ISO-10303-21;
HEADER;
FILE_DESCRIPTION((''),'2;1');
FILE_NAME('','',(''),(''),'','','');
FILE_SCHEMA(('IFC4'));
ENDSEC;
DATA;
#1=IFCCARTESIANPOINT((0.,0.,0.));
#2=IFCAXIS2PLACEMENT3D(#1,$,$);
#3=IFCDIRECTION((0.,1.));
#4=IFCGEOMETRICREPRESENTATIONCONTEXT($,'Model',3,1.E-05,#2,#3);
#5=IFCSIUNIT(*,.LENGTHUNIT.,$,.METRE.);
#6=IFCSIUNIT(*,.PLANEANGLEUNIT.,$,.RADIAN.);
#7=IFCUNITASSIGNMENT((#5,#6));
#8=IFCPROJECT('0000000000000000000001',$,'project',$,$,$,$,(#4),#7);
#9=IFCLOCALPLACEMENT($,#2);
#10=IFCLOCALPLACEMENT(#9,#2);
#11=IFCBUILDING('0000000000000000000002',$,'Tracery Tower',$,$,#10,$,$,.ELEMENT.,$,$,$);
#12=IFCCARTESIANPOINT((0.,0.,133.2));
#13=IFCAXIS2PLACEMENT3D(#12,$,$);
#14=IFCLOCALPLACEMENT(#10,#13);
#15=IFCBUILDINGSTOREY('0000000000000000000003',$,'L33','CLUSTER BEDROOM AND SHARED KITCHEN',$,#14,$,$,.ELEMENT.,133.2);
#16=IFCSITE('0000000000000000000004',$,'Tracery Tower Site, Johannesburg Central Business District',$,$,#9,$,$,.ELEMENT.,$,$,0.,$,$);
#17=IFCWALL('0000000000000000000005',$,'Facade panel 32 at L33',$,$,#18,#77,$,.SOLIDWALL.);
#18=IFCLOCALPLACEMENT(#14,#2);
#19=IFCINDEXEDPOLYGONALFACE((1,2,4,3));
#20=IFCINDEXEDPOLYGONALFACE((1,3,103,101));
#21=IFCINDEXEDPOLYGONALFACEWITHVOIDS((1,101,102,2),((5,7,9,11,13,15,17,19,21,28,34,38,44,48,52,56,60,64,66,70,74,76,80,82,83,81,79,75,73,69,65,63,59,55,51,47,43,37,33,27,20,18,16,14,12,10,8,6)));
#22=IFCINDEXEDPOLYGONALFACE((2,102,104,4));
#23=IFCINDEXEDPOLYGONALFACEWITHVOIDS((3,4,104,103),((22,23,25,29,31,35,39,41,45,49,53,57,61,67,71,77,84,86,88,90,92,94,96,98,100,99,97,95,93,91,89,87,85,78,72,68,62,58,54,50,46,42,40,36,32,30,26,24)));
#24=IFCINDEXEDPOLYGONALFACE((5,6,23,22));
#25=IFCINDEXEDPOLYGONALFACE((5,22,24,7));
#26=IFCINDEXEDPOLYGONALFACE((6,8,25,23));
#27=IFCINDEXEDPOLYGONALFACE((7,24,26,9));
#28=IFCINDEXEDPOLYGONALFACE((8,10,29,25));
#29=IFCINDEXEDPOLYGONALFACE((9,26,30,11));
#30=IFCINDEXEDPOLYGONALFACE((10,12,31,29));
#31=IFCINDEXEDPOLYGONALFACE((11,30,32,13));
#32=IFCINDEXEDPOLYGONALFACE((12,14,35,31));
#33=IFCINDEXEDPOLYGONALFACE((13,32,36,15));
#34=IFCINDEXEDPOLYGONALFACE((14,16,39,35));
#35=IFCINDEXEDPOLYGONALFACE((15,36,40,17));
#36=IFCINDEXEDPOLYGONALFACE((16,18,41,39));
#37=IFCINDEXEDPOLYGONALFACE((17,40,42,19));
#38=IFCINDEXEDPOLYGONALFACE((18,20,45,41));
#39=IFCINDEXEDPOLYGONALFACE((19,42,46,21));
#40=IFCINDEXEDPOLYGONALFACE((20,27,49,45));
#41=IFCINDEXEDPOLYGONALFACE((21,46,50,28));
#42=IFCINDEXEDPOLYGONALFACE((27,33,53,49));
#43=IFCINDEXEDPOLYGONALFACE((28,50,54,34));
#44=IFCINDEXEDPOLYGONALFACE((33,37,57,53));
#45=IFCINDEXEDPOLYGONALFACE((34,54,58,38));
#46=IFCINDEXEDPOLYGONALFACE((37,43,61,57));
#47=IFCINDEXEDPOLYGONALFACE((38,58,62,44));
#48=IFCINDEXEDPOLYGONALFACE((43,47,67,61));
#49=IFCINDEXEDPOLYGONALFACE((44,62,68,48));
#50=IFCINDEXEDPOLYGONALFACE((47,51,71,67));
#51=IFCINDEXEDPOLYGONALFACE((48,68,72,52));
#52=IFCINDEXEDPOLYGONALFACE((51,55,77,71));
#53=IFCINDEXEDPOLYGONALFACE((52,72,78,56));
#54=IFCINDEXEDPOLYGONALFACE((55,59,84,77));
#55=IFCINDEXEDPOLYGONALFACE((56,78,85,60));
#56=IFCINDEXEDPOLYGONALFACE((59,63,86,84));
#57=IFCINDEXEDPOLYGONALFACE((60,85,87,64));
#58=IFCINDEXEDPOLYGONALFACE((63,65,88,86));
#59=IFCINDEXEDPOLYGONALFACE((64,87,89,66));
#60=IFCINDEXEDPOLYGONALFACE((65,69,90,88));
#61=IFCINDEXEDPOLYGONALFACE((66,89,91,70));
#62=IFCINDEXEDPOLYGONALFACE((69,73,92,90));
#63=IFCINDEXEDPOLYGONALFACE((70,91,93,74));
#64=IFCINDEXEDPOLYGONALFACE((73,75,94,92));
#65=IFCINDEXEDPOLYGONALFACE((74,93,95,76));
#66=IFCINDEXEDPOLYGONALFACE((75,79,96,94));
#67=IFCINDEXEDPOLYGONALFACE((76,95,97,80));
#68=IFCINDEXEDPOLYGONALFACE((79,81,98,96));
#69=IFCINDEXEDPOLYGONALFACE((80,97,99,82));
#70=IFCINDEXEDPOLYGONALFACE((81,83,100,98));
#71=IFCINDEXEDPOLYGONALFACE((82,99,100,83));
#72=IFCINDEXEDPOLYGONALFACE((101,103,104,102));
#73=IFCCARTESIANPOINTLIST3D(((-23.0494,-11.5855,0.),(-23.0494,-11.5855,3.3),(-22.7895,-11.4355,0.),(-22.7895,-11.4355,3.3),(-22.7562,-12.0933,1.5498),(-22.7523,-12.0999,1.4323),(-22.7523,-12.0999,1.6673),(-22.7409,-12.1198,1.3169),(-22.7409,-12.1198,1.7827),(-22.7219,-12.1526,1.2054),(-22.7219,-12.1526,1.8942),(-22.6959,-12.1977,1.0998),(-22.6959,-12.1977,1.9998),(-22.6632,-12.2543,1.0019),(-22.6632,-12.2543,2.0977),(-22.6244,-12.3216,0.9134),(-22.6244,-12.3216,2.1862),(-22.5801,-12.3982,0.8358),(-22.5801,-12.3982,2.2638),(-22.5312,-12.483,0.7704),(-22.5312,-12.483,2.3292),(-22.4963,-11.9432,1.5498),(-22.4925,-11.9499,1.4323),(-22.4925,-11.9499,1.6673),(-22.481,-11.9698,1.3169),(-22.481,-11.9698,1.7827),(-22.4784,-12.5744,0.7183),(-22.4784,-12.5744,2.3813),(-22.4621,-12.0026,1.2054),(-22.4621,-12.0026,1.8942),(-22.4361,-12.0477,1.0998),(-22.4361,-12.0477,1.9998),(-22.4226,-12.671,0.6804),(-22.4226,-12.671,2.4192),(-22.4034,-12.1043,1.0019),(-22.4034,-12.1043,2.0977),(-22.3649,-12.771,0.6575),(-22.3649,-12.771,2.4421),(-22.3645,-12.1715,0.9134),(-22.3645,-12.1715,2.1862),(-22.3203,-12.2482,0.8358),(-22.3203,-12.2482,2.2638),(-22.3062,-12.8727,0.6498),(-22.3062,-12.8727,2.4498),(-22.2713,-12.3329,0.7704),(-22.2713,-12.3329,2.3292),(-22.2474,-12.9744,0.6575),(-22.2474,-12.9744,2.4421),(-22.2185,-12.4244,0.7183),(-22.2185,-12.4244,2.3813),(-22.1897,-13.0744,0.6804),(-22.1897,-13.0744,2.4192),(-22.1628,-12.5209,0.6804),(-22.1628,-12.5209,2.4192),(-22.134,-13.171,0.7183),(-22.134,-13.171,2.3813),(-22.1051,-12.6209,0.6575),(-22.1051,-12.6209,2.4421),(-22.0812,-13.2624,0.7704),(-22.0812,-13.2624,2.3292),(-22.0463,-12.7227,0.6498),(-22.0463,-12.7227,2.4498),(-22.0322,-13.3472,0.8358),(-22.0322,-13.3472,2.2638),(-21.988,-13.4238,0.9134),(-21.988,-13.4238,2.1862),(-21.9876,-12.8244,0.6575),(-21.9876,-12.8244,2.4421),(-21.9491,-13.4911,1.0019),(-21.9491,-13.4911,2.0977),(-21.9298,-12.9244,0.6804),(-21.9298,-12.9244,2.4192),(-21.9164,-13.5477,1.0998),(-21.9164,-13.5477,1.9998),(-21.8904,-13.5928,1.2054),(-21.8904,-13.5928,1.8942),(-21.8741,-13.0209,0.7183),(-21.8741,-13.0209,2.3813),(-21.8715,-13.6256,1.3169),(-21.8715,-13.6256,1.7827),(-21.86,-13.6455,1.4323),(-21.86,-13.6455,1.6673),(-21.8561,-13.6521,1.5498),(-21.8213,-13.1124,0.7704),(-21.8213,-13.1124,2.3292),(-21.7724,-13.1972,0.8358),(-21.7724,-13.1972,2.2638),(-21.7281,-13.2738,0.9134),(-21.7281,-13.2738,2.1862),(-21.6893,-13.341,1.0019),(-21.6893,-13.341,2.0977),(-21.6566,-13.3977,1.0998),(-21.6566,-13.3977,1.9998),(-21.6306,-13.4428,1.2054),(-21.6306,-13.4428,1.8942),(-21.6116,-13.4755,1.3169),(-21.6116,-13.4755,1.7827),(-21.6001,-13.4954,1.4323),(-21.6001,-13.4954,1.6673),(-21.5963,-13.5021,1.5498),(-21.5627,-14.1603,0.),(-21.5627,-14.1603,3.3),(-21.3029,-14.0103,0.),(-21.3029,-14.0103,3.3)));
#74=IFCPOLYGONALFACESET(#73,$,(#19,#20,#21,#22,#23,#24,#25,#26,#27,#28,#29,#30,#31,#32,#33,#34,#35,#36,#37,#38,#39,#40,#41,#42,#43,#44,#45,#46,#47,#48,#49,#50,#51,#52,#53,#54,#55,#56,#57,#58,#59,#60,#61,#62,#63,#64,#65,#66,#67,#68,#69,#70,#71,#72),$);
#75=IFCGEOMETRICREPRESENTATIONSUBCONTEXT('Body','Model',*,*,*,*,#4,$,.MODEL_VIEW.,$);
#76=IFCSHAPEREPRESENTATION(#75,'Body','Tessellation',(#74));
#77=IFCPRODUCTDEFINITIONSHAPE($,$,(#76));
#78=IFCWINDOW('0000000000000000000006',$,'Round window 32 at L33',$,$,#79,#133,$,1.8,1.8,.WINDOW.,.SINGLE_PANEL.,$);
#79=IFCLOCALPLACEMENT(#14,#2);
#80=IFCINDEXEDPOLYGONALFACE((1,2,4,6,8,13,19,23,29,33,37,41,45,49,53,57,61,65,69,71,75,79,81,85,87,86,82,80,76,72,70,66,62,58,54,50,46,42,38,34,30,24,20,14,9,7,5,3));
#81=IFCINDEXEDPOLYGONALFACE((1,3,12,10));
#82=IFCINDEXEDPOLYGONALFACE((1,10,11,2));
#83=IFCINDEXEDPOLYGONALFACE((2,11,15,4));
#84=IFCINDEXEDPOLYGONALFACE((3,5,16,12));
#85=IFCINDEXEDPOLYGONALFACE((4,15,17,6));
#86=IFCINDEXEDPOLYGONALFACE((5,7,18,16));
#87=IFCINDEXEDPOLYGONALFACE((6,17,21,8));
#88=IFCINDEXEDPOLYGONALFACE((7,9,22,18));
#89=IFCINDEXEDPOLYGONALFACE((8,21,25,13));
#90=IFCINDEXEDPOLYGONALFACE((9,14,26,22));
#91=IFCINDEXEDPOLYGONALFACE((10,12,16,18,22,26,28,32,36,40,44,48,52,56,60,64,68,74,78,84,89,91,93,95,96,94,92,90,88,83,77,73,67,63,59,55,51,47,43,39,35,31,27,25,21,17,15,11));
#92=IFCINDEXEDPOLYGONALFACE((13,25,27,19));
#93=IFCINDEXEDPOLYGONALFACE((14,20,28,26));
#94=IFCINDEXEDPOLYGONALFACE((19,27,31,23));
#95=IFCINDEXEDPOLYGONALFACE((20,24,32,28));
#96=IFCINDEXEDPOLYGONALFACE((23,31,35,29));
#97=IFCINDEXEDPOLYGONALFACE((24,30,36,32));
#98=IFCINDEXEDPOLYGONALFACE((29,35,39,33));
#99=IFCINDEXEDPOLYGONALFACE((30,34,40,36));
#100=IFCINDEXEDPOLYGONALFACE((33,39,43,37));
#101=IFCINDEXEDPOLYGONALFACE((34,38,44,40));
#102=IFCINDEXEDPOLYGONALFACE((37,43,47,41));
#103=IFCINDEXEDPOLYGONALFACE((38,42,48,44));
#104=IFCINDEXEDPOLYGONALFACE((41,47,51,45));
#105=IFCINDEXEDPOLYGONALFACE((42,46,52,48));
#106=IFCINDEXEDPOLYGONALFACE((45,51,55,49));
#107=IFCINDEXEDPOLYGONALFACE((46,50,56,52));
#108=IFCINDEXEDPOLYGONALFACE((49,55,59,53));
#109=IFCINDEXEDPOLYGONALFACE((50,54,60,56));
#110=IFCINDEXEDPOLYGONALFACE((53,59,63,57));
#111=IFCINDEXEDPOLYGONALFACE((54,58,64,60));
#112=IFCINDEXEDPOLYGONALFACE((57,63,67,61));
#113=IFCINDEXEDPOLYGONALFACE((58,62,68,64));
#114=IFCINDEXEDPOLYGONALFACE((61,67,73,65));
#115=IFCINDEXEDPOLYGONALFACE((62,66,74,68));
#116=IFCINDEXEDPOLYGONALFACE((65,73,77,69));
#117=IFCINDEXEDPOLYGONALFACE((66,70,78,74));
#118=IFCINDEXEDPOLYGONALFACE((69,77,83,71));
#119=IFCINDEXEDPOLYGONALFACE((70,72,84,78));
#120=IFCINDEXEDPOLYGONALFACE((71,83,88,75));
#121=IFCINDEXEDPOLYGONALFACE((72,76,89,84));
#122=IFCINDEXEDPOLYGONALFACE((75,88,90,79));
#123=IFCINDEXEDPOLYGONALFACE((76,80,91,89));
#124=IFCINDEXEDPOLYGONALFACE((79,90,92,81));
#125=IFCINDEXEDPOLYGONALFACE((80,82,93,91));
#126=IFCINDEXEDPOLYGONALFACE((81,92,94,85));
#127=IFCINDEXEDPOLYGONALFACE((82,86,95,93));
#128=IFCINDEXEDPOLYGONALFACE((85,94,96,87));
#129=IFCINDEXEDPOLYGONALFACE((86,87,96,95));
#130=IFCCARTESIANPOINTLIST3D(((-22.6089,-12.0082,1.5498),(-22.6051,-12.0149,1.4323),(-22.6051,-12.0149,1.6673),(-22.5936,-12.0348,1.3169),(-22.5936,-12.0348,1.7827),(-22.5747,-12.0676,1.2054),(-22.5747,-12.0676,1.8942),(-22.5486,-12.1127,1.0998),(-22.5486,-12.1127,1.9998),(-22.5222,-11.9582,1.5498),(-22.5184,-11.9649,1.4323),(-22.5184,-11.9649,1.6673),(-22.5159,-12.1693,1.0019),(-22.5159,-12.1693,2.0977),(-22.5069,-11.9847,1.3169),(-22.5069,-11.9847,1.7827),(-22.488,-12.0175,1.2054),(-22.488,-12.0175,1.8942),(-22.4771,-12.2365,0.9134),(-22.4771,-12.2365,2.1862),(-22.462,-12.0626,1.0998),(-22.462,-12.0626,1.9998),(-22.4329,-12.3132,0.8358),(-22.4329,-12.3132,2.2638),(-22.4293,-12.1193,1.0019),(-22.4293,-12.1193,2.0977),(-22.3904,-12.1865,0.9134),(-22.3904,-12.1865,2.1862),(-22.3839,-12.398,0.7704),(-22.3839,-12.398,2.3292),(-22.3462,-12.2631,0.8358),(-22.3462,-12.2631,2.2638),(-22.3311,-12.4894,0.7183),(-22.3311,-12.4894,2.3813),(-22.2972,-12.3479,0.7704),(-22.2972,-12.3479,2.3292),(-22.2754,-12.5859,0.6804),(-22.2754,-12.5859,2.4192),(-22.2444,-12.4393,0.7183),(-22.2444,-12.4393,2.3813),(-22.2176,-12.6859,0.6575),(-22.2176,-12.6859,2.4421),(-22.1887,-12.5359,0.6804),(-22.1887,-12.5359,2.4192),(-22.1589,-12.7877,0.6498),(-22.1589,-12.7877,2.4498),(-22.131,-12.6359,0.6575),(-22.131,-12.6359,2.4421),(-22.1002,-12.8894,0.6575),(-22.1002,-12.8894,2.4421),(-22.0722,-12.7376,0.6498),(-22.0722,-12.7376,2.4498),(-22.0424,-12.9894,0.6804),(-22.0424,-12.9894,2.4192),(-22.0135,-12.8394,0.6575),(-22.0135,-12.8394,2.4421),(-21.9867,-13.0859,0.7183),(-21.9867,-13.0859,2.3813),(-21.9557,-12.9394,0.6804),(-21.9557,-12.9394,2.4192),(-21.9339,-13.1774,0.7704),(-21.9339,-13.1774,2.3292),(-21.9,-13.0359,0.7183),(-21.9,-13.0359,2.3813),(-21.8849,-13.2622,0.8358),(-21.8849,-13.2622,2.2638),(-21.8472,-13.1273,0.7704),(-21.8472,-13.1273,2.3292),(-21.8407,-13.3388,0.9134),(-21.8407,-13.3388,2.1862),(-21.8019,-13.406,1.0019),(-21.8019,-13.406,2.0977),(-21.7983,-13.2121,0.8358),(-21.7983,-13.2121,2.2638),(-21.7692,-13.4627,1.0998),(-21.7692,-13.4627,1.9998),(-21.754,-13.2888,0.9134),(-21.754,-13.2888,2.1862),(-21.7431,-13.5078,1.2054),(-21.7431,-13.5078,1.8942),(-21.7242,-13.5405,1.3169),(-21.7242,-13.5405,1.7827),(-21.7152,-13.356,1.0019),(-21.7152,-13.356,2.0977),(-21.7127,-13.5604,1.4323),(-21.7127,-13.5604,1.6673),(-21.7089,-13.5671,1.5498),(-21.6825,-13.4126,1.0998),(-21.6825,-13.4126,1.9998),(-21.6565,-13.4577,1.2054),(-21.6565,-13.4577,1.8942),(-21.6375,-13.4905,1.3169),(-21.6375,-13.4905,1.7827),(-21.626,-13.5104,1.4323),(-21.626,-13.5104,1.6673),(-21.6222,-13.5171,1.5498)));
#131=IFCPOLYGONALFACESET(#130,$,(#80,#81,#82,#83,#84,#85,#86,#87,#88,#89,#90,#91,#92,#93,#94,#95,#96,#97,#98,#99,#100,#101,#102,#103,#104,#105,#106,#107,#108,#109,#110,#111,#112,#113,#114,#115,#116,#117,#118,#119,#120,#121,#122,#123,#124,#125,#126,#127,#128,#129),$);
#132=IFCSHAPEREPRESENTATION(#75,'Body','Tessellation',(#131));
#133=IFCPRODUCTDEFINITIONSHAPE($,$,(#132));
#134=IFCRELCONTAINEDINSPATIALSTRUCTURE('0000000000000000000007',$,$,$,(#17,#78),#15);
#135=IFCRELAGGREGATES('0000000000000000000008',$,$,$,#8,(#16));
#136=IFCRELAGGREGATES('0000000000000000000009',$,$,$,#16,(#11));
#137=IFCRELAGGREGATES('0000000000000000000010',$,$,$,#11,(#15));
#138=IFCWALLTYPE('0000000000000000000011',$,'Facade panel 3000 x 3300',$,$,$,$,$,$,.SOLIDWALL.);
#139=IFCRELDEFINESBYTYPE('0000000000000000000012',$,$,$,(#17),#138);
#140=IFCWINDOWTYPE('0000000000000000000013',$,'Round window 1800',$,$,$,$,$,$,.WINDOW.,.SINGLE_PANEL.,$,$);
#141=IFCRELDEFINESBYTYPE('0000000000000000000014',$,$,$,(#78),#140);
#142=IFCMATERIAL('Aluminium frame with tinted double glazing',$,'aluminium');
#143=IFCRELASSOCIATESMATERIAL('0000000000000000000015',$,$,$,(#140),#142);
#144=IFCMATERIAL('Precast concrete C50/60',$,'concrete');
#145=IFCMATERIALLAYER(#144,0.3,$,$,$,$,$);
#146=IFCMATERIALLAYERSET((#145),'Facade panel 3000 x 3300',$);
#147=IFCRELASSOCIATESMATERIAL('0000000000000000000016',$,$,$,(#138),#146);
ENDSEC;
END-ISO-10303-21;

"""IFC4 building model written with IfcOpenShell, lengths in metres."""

from ifc_helpers import new_model, si_unit, direction, frame, frame_2d, origin, origin_2d, place, context, subcontext, project, spatial, rectangle, circle, extrude, material, layer, layer_set, type_object, element, fill, save


model = new_model("IFC4")

# Units and contexts
model_context = context("Model", 3, precision=1e-05, world=origin(), true_north=direction((0.0, 1.0)))
body_context = subcontext(model_context, "Body", "Model", "MODEL_VIEW")
ifc_project = project(units=[si_unit("LENGTHUNIT", "METRE"), si_unit("PLANEANGLEUNIT", "RADIAN")], contexts=[model_context])

# Site, building, storey
site_placement = place(None, origin())
site = spatial("IfcSite", under=ifc_project, at=site_placement, Name="Tracery Tower Site, Johannesburg Central Business District", CompositionType="ELEMENT", RefElevation=0.0)
building_placement = place(site_placement, origin())
building = spatial("IfcBuilding", under=site, at=building_placement, Name="Tracery Tower", CompositionType="ELEMENT")
storey_placement = place(building_placement, frame((0.0, 0.0, 133.2)))
storey = spatial("IfcBuildingStorey", under=building, at=storey_placement, Name="L33", Description="CLUSTER BEDROOM AND SHARED KITCHEN", CompositionType="ELEMENT", Elevation=133.2)

# Wall, opening, window
ifc_material_1 = material(Name="Aluminium frame with tinted double glazing", Category="aluminium")
window_type = type_object("IfcWindowType", Name="Round window 1800", PartitioningType="SINGLE_PANEL", PredefinedType="WINDOW", material=ifc_material_1)
ifc_material_2 = material(Name="Precast concrete C50/60", Category="concrete")
ifc_layer_1 = layer(ifc_material_2, 0.3)
ifc_layer_set_1 = layer_set([ifc_layer_1], Name="Facade panel 3000 x 3300")
wall_type_1 = type_object("IfcWallType", Name="Facade panel 3000 x 3300", PredefinedType="SOLIDWALL", material=ifc_layer_set_1)
wall_1_placement = place(storey_placement, frame((-22.9194, -11.5105, 0.0), z_axis=(0.0, 0.0, 1.0), x_axis=(0.500016, -0.866016, 0.0)))
wall_1 = element("IfcWall", 1, at=wall_1_placement, inside=storey, type_object=wall_type_1, Name="Facade panel 32 at L33", PredefinedType="SOLIDWALL", context=body_context, shape_type="SweptSolid", body=[
    extrude(rectangle(XDim=2.9731, YDim=0.3, at=frame_2d((1.4866, 0.0))), origin(), (0.0, 0.0, 1.0), 3.3),
])
opening_1_placement = place(wall_1_placement, frame((1.4863, 0.0, 1.5498)))
opening_1 = element("IfcOpeningElement", 2, at=opening_1_placement, cuts=wall_1, PredefinedType="OPENING", context=body_context, shape_type="SweptSolid", body=[
    extrude(circle(Radius=0.9, at=origin_2d()), frame((0.0, 0.1599, 0.0), z_axis=(0.0, -1.0, 0.0), x_axis=(1.0, 0.0, 0.0)), (0.0, 0.0, 1.0), 0.3201),
])
window_1_placement = place(opening_1_placement, origin())
window_1 = element("IfcWindow", 3, at=window_1_placement, inside=storey, type_object=window_type, Name="Round window 32 at L33", OverallHeight=1.8, OverallWidth=1.8, PartitioningType="SINGLE_PANEL", PredefinedType="WINDOW", context=body_context, shape_type="SweptSolid", body=[
    extrude(circle(Radius=0.9, at=origin_2d()), frame((0.0, 0.1201, 0.0), z_axis=(0.0, -1.0, 0.0), x_axis=(1.0, 0.0, 0.0)), (0.0, 0.0, 1.0), 0.1001),
])
fill(opening_1, window_1)

save(model, "model.ifc")
